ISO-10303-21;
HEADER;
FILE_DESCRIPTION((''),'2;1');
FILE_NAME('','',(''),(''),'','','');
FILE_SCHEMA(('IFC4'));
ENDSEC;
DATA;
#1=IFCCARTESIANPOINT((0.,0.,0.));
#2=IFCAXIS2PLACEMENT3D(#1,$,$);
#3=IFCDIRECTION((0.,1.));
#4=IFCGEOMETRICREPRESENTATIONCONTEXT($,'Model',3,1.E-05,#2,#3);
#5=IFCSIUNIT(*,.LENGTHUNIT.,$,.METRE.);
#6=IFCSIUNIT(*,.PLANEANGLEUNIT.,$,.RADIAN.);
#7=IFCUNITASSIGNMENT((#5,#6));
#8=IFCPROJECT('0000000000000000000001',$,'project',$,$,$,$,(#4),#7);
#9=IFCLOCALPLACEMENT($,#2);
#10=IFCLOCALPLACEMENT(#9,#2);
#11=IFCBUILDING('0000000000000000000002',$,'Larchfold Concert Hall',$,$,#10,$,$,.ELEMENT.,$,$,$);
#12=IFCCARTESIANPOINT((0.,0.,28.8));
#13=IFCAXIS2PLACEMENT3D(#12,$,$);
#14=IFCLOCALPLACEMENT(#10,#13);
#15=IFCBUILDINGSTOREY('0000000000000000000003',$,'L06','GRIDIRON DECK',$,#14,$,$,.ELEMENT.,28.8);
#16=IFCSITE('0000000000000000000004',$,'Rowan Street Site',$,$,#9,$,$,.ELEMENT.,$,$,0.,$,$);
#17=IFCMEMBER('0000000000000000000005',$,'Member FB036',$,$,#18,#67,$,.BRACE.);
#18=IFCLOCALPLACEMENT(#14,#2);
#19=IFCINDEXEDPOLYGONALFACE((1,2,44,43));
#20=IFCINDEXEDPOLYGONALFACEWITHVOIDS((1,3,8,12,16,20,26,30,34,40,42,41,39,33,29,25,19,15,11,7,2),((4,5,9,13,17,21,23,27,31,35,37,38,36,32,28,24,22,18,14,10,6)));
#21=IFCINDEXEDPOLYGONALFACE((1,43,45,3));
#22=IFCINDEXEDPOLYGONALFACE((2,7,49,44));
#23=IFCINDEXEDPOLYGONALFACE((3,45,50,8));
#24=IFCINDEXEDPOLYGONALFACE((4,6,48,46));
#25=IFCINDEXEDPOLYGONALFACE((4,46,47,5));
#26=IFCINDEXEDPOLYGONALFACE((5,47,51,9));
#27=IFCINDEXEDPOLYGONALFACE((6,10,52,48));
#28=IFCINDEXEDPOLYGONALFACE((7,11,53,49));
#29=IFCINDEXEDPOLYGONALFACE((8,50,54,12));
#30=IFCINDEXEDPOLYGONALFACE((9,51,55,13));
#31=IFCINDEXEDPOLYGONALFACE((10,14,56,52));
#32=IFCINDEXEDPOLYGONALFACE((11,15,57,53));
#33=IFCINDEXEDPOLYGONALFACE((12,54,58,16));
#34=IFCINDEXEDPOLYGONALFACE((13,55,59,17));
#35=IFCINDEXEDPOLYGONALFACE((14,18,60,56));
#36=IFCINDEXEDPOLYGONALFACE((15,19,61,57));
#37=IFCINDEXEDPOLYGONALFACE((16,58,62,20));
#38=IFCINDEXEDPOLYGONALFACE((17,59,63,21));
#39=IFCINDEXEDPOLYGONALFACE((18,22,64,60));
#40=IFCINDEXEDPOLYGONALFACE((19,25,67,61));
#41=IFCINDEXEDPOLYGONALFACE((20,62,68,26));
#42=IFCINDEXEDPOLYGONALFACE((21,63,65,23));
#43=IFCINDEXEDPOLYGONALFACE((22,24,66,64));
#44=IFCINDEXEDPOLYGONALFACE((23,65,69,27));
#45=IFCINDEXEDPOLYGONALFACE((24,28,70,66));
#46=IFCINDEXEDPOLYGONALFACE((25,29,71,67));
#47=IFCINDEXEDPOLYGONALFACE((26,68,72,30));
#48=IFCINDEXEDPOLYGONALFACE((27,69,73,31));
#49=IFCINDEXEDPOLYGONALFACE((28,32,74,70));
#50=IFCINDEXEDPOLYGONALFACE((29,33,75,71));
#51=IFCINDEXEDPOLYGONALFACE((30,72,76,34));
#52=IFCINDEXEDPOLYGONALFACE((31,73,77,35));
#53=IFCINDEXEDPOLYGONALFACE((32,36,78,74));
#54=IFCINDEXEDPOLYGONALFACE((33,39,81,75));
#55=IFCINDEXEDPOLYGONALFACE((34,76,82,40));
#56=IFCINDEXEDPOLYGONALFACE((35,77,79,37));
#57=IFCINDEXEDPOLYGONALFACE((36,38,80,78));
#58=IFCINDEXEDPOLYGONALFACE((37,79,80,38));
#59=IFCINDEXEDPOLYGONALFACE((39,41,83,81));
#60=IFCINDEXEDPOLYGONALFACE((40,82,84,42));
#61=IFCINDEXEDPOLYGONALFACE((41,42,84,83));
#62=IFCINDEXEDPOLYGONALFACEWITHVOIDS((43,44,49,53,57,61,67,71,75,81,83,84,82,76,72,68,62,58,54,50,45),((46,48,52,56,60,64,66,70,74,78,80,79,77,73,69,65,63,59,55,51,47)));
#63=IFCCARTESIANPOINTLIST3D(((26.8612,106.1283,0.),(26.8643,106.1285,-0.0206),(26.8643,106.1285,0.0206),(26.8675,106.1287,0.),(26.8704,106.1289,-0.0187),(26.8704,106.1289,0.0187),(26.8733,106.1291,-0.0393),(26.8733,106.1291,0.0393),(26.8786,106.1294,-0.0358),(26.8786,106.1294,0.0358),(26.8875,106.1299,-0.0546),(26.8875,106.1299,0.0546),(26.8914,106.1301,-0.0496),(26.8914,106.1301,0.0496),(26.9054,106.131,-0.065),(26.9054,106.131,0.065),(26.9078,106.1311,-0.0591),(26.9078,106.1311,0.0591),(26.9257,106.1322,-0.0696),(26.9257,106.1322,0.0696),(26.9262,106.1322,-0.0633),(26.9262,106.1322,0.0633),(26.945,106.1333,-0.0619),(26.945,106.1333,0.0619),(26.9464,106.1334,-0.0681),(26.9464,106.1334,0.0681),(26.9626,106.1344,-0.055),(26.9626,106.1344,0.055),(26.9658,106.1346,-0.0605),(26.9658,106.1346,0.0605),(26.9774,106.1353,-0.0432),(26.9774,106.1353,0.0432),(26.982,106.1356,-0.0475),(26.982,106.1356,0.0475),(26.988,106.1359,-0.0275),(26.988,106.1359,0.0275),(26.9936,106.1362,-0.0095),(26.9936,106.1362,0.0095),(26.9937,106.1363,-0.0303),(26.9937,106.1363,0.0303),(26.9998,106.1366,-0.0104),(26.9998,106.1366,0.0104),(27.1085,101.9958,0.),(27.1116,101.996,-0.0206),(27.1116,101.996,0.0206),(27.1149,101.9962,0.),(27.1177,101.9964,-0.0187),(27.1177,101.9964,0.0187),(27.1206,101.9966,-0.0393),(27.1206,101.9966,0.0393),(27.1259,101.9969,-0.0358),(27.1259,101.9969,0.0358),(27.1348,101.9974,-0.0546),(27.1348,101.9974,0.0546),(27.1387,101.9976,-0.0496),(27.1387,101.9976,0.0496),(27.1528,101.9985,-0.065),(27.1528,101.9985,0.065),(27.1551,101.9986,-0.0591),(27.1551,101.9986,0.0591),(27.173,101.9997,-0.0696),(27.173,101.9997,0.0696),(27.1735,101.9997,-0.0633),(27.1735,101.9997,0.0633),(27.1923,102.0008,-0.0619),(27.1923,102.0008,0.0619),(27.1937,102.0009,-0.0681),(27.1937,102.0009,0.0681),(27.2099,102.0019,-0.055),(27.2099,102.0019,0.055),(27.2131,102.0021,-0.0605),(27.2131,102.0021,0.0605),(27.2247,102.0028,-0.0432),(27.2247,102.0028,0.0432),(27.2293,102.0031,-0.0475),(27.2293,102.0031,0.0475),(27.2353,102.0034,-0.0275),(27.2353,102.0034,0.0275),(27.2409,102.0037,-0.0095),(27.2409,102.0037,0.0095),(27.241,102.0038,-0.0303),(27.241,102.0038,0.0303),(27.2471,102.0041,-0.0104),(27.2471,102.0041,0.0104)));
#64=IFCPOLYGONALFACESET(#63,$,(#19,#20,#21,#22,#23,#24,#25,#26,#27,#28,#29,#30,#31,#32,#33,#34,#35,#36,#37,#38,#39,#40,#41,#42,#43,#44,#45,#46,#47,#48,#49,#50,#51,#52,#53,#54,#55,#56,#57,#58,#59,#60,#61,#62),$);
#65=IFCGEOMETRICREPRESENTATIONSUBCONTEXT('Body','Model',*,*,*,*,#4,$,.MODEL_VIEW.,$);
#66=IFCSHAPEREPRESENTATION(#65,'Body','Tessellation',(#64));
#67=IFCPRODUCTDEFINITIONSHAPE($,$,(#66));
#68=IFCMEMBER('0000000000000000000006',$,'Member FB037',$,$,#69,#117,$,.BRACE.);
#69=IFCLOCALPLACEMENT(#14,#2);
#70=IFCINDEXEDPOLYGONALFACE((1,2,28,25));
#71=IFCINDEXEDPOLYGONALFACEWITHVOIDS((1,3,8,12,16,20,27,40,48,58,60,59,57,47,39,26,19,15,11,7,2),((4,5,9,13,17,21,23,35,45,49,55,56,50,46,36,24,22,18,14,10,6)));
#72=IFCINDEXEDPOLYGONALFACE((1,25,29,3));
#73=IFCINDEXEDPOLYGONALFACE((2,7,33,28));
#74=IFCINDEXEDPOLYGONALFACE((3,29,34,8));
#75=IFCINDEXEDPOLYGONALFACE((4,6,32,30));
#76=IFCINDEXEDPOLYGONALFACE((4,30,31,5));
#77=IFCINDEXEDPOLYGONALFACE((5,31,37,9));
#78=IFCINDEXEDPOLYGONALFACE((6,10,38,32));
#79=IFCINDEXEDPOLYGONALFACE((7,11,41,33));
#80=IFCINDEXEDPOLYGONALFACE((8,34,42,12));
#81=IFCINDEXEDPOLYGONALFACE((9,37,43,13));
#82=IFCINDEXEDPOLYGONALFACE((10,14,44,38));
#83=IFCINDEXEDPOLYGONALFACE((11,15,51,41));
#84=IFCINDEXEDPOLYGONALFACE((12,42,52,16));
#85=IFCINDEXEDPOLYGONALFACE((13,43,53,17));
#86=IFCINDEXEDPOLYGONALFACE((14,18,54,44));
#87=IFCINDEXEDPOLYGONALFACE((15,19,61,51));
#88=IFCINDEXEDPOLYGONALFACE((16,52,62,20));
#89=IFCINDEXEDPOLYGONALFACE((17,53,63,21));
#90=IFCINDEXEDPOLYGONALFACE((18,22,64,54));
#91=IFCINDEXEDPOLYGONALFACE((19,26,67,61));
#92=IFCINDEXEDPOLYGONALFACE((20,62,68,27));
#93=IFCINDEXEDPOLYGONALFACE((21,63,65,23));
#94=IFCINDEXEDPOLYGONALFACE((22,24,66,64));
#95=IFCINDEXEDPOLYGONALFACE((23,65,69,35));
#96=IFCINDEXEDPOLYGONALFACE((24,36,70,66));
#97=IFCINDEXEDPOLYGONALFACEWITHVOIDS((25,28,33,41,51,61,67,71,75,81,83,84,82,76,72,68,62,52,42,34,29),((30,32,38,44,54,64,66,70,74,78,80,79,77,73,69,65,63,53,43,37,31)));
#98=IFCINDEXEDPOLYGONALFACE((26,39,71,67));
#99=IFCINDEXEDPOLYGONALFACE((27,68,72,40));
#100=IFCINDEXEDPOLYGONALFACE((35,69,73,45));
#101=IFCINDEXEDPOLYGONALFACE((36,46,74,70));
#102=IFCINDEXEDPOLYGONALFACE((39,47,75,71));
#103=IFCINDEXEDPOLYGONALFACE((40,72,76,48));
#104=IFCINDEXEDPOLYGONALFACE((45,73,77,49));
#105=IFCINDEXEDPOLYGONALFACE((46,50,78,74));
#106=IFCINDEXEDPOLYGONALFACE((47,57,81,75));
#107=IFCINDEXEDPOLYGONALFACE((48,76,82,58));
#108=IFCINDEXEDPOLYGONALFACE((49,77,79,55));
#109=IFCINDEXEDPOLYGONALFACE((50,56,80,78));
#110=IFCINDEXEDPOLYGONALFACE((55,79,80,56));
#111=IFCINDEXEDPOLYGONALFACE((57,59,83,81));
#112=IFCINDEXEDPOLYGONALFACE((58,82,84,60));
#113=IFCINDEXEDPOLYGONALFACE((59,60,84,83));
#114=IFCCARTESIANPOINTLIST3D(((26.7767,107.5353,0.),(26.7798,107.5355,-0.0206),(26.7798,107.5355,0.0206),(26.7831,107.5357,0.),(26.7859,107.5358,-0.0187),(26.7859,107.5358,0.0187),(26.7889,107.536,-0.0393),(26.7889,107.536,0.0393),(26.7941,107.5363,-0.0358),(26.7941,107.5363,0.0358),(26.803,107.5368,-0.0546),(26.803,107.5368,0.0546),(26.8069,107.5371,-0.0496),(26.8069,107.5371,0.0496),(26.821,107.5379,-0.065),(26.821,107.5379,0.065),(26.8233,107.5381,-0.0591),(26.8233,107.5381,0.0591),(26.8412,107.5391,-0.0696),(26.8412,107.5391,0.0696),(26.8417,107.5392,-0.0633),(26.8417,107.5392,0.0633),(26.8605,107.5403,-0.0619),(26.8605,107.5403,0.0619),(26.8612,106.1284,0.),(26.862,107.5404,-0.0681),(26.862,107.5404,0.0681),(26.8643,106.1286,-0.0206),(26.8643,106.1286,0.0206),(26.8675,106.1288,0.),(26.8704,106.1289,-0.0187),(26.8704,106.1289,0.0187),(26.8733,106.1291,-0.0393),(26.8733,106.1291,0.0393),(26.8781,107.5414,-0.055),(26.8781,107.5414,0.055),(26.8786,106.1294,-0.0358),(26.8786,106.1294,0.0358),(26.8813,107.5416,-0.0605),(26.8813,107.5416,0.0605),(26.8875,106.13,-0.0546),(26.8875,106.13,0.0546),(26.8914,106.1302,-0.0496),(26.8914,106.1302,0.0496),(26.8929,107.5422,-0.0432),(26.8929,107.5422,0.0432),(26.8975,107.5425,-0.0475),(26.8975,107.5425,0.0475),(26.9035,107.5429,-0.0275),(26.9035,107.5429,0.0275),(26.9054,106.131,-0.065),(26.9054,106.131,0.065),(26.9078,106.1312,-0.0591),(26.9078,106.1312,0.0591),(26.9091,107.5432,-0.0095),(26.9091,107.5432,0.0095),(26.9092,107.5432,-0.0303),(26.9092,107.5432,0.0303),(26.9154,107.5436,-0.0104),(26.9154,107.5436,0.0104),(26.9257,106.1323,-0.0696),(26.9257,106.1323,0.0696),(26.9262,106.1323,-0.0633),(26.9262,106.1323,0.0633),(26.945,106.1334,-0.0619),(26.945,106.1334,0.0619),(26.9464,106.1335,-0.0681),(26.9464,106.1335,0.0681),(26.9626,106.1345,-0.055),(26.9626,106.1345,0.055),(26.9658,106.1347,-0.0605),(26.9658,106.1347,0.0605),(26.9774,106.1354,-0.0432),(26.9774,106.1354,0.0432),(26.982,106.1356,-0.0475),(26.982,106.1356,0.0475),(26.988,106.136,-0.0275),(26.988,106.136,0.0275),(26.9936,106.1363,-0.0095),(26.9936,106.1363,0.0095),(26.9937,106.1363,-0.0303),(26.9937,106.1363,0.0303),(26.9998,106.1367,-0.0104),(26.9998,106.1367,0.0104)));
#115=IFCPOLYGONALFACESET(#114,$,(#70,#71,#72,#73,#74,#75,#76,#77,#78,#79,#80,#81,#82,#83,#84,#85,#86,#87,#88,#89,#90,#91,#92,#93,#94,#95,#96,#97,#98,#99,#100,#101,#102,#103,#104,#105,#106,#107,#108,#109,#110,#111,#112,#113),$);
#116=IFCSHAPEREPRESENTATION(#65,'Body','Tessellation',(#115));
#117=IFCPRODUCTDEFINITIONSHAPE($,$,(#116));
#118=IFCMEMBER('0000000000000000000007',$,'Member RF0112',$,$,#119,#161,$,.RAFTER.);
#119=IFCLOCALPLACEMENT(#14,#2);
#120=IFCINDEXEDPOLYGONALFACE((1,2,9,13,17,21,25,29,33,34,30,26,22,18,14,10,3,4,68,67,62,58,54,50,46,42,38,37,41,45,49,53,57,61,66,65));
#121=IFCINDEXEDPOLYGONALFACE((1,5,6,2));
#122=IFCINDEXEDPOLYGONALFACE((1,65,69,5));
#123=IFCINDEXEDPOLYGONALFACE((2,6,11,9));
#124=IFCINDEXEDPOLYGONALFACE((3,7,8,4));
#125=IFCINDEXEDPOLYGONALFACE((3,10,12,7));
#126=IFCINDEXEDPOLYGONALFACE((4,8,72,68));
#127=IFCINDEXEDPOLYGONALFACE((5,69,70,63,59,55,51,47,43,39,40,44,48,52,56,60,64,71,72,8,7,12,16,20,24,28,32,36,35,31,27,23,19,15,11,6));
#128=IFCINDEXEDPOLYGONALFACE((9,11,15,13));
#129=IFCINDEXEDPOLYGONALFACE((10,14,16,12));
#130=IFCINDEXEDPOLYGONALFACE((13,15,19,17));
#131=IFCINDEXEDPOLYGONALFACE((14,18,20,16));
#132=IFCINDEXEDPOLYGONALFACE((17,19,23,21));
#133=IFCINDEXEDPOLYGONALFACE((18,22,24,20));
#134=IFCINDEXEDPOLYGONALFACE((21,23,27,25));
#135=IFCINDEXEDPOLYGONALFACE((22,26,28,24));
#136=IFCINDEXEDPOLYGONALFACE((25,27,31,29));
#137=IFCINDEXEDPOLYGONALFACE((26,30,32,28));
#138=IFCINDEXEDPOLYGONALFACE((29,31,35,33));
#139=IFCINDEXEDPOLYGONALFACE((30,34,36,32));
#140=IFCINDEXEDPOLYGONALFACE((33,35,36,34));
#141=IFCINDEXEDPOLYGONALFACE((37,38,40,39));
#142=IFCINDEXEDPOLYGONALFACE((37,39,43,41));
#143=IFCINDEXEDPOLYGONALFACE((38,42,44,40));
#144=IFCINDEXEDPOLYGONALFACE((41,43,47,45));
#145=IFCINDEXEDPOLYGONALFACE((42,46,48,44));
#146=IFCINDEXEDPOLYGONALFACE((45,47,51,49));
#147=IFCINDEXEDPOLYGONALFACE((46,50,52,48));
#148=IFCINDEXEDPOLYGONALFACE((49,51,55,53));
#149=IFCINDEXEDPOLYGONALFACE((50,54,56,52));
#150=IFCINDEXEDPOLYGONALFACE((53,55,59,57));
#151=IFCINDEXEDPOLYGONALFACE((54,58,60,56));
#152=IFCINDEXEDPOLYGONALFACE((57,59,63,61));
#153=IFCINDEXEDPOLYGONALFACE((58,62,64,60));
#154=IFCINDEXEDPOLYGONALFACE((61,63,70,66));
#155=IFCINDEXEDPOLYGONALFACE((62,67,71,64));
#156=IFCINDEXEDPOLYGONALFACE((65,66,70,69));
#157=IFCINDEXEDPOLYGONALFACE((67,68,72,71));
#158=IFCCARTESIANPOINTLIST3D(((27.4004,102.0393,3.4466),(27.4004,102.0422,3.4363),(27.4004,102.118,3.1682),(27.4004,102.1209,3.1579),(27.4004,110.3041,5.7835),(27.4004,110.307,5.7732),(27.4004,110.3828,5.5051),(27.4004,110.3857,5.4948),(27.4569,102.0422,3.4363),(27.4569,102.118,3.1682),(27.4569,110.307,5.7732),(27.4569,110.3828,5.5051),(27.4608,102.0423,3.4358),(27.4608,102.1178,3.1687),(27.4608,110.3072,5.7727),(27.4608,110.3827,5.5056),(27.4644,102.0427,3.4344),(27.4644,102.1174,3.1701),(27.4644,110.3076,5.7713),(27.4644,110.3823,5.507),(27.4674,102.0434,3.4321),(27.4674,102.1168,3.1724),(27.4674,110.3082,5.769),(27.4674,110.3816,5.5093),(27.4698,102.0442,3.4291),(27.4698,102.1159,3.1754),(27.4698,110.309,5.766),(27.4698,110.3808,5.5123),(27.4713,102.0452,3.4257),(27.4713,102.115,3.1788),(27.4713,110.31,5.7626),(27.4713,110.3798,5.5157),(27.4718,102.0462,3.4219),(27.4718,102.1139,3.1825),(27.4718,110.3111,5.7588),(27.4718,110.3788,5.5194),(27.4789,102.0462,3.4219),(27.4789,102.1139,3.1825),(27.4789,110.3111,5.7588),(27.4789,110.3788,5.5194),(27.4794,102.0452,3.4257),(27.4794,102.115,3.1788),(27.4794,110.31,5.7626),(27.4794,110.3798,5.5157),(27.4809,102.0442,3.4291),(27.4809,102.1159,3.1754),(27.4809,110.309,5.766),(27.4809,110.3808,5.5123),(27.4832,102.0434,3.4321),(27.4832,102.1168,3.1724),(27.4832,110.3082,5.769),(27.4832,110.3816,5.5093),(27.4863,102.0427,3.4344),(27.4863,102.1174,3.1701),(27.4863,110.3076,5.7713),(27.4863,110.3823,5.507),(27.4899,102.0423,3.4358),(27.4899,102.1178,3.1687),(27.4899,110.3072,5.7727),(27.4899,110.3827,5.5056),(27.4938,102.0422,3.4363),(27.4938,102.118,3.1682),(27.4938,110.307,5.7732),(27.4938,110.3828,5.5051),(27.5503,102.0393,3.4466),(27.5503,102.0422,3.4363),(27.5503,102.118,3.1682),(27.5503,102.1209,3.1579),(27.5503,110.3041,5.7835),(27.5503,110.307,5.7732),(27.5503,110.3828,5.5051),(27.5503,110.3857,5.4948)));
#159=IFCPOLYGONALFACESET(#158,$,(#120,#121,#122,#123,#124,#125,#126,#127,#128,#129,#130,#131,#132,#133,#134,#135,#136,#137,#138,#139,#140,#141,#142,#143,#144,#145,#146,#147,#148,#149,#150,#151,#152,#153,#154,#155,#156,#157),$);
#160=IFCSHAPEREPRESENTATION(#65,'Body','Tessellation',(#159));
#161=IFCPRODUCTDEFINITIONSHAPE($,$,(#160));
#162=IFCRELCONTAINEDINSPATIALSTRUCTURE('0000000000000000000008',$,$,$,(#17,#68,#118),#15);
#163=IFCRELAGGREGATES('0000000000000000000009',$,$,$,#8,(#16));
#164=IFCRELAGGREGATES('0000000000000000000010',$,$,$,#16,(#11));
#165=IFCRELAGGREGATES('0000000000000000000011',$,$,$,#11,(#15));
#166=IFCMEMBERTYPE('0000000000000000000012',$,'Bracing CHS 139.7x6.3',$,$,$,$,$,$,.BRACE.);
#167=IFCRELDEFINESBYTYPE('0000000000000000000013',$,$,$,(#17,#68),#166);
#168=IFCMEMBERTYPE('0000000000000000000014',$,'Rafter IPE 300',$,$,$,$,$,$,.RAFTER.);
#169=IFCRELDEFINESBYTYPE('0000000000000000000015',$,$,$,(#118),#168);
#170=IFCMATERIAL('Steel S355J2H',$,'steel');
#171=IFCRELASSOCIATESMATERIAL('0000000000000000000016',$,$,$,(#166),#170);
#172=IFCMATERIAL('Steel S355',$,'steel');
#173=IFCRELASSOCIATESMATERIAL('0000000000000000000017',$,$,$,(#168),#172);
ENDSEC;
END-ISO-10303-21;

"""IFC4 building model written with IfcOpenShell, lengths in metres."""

from ifc_helpers import new_model, si_unit, direction, frame, origin, origin_2d, place, context, subcontext, project, spatial, hollow_circle, i_section, extrude, material, material_profile, profile_set, type_object, element, save


model = new_model("IFC4")

# Units and contexts
model_context = context("Model", 3, precision=1e-05, world=origin(), true_north=direction((0.0, 1.0)))
body_context = subcontext(model_context, "Body", "Model", "MODEL_VIEW")
ifc_project = project(units=[si_unit("LENGTHUNIT", "METRE"), si_unit("PLANEANGLEUNIT", "RADIAN")], contexts=[model_context])

# Site, building, storey
site_placement = place(None, origin())
site = spatial("IfcSite", under=ifc_project, at=site_placement, Name="Rowan Street Site", CompositionType="ELEMENT", RefElevation=0.0)
building_placement = place(site_placement, origin())
building = spatial("IfcBuilding", under=site, at=building_placement, Name="Larchfold Concert Hall", CompositionType="ELEMENT")
storey_placement = place(building_placement, frame((0.0, 0.0, 28.8)))
storey = spatial("IfcBuildingStorey", under=building, at=storey_placement, Name="L06", Description="GRIDIRON DECK", CompositionType="ELEMENT", Elevation=28.8)

# Members
ifc_material_1 = material(Name="Steel S355J2H", Category="steel")
ifc_material_profile_1 = material_profile(ifc_material_1, hollow_circle(Radius=0.0698, WallThickness=0.0063, at=origin_2d()))
ifc_profile_set_1 = profile_set([ifc_material_profile_1], Name="Steel S355J2H")
member_type_1 = type_object("IfcMemberType", Name="Bracing CHS 139.7x6.3", PredefinedType="BRACE", material=ifc_profile_set_1)
member_1_placement = place(storey_placement, frame((27.1782, 102.0, 0.0), z_axis=(-0.059738, 0.998214, 0.0), x_axis=(-0.998214, -0.059738, 0.0)))
element("IfcMember", 1, at=member_1_placement, inside=storey, type_object=member_type_1, Name="Member FB036", PredefinedType="BRACE", context=body_context, shape_type="SweptSolid", body=[
    extrude(hollow_circle(Radius=0.0698, WallThickness=0.0063, at=origin_2d()), origin(), (0.0, 0.0, 1.0), 4.1399),
])
member_2_placement = place(storey_placement, frame((26.9309, 106.1326, 0.0), z_axis=(-0.05993, 0.998203, 0.0), x_axis=(-0.998203, -0.05993, 0.0)))
element("IfcMember", 2, at=member_2_placement, inside=storey, type_object=member_type_1, Name="Member FB037", PredefinedType="BRACE", context=body_context, shape_type="SweptSolid", body=[
    extrude(hollow_circle(Radius=0.0698, WallThickness=0.0063, at=origin_2d()), origin(), (0.0, 0.0, 1.0), 1.4094),
])
ifc_material_2 = material(Name="Steel S355", Category="steel")
ifc_material_profile_2 = material_profile(ifc_material_2, i_section(OverallWidth=0.1499, OverallDepth=0.3, WebThickness=0.0071, FlangeThickness=0.0107, FilletRadius=0.0149, at=origin_2d()))
ifc_profile_set_2 = profile_set([ifc_material_profile_2], Name="Steel S355")
member_type_2 = type_object("IfcMemberType", Name="Rafter IPE 300", PredefinedType="RAFTER", material=ifc_profile_set_2)
for number, where, z_axis, x_axis, name in (
    (3, (27.4753, 102.0801, 3.3022), (0.0, 0.962273, 0.272085), (-1.0, 0.0, 0.0), "Member RF0112"),
):
    element("IfcMember", number, at=place(storey_placement, frame(where, z_axis=z_axis, x_axis=x_axis)), inside=storey, type_object=member_type_2, Name=name, PredefinedType="RAFTER", context=body_context, shape_type="SweptSolid", body=[
        extrude(i_section(OverallWidth=0.1499, OverallDepth=0.3, WebThickness=0.0071, FlangeThickness=0.0107, FilletRadius=0.0149, at=origin_2d()), origin(), (0.0, 0.0, 1.0), 8.5889),
    ])

save(model, "model.ifc")
